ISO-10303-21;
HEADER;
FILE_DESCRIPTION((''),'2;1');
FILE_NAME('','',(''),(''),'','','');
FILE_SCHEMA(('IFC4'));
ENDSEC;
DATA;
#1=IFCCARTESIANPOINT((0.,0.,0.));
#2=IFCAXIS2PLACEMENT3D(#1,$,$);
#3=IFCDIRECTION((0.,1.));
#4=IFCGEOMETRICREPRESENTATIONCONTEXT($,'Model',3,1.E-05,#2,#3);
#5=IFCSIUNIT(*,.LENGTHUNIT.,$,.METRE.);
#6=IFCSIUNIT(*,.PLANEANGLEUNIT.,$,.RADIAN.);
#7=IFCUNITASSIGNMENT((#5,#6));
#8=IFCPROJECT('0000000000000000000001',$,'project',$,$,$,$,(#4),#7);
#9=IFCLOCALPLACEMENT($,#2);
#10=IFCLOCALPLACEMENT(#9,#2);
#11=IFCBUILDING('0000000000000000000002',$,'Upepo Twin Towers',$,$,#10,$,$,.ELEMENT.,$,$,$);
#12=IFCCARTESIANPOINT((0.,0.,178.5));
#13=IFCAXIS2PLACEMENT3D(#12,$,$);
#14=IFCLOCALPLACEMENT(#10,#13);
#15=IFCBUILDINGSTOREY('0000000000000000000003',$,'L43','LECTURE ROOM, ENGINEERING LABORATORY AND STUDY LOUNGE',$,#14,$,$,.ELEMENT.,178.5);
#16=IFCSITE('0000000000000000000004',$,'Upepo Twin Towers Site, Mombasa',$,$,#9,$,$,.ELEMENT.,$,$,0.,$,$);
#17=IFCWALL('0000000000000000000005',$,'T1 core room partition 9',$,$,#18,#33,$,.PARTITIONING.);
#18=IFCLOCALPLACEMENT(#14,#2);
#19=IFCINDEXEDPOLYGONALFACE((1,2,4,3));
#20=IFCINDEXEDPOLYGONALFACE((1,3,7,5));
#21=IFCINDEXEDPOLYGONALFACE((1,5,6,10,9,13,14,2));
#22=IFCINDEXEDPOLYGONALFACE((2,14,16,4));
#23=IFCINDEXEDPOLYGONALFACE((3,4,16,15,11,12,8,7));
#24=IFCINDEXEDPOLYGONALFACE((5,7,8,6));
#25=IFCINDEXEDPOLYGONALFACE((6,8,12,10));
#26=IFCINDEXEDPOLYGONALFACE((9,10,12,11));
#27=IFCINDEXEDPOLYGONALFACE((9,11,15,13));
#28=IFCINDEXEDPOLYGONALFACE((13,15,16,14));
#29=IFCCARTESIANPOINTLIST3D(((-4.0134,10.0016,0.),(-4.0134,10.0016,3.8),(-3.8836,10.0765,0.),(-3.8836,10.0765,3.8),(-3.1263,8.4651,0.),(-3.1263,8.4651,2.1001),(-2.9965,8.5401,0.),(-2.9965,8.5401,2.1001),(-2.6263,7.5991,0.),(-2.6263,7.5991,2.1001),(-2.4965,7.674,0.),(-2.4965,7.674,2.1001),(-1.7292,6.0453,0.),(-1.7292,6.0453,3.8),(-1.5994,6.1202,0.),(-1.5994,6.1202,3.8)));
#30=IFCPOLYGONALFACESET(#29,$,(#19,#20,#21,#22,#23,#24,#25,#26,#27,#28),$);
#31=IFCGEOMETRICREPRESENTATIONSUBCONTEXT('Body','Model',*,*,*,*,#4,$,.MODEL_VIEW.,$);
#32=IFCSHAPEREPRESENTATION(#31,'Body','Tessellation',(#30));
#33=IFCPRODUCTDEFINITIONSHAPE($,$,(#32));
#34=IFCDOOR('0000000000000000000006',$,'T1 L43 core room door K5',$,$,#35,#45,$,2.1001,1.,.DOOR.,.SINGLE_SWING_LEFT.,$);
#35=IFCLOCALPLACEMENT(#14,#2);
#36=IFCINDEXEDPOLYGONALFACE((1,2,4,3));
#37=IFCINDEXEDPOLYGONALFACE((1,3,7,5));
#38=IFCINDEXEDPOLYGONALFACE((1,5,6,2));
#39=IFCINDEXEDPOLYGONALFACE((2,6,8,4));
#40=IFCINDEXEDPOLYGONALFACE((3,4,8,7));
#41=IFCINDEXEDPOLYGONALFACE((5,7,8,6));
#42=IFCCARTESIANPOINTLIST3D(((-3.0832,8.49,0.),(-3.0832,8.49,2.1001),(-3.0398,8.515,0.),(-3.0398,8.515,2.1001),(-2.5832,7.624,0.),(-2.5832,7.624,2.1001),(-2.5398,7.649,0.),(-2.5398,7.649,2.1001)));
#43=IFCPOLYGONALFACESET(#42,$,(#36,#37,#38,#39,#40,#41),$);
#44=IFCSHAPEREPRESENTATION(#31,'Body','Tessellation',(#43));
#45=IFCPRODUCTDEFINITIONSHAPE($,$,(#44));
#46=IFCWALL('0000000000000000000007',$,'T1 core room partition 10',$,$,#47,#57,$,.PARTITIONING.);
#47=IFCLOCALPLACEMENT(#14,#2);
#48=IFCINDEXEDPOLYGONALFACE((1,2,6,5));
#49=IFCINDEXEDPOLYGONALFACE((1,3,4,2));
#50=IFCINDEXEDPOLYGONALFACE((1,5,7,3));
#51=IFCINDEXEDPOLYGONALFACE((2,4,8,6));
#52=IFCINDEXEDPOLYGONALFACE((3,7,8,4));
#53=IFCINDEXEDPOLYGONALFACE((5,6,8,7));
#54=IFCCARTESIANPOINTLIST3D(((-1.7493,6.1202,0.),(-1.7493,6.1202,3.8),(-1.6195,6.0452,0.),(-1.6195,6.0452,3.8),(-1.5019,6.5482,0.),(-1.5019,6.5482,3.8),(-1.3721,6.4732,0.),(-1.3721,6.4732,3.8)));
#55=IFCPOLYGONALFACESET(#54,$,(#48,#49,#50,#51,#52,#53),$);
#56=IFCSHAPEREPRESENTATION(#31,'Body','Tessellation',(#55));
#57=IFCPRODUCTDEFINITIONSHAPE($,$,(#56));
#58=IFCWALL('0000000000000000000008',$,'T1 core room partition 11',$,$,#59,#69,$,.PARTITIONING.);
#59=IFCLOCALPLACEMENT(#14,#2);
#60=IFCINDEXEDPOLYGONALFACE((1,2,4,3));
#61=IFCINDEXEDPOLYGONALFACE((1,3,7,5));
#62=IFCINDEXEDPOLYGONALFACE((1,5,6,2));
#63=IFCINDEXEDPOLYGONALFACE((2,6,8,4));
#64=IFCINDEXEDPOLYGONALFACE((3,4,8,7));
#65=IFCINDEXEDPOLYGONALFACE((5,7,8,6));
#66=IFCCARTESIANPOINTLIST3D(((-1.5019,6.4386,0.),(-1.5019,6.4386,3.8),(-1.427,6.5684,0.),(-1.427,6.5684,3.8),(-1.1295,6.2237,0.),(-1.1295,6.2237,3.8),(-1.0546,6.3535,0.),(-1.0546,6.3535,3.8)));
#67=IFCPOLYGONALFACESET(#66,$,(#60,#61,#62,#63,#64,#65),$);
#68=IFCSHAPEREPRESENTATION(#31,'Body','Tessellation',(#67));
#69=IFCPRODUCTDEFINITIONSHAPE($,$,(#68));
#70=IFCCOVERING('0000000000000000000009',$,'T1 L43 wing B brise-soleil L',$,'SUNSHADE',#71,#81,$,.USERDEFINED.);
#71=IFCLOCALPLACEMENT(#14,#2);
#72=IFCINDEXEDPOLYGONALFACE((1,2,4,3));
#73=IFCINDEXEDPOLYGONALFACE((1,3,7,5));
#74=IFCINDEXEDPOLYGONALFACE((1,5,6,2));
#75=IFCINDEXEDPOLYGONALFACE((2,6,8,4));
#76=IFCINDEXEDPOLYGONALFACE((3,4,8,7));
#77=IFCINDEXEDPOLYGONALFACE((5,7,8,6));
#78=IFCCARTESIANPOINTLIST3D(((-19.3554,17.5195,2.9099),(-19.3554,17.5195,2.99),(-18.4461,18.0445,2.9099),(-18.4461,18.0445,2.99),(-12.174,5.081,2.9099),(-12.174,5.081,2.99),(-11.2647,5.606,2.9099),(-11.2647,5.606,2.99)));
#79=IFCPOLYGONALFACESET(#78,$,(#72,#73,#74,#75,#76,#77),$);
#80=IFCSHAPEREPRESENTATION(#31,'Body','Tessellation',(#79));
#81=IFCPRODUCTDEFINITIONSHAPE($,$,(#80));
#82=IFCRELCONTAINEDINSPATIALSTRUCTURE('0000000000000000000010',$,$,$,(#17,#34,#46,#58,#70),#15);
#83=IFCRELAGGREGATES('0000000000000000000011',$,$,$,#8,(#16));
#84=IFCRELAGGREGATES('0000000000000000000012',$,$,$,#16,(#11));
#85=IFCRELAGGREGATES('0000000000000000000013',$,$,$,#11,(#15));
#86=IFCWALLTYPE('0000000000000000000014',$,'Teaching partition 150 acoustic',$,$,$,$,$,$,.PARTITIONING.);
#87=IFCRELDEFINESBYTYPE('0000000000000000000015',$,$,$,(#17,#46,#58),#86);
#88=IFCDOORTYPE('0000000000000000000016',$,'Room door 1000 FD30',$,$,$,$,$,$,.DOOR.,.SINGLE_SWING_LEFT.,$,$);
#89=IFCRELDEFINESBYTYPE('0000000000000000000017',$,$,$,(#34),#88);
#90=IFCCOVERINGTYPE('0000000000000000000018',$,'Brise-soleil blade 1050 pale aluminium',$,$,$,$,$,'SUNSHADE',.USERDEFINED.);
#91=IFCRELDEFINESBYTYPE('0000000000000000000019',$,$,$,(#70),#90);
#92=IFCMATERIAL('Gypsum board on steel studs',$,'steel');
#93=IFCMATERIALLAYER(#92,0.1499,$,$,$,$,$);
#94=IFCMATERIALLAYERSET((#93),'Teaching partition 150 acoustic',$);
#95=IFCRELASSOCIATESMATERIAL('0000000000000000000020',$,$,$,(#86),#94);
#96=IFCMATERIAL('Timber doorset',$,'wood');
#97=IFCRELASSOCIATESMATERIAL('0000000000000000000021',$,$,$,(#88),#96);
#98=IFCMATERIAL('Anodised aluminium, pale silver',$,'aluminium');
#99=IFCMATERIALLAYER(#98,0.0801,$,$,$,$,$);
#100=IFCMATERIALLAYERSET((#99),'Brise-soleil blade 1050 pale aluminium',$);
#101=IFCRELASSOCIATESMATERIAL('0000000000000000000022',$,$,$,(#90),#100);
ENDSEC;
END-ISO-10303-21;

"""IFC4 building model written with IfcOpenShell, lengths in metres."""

from ifc_helpers import new_model, si_unit, direction, frame, frame_2d, origin, origin_2d, place, context, subcontext, project, spatial, rectangle, extrude, material, layer, layer_set, type_object, element, fill, save


model = new_model("IFC4")

# Units and contexts
model_context = context("Model", 3, precision=1e-05, world=origin(), true_north=direction((0.0, 1.0)))
body_context = subcontext(model_context, "Body", "Model", "MODEL_VIEW")
ifc_project = project(units=[si_unit("LENGTHUNIT", "METRE"), si_unit("PLANEANGLEUNIT", "RADIAN")], contexts=[model_context])

# Site, building, storey
site_placement = place(None, origin())
site = spatial("IfcSite", under=ifc_project, at=site_placement, Name="Upepo Twin Towers Site, Mombasa", CompositionType="ELEMENT", RefElevation=0.0)
building_placement = place(site_placement, origin())
building = spatial("IfcBuilding", under=site, at=building_placement, Name="Upepo Twin Towers", CompositionType="ELEMENT")
storey_placement = place(building_placement, frame((0.0, 0.0, 178.5)))
storey = spatial("IfcBuildingStorey", under=building, at=storey_placement, Name="L43", Description="LECTURE ROOM, ENGINEERING LABORATORY AND STUDY LOUNGE", CompositionType="ELEMENT", Elevation=178.5)

# Wall, opening, door
ifc_material_1 = material(Name="Gypsum board on steel studs", Category="steel")
ifc_layer_1 = layer(ifc_material_1, 0.1499)
ifc_layer_set_1 = layer_set([ifc_layer_1], Name="Teaching partition 150 acoustic")
wall_type_1 = type_object("IfcWallType", Name="Teaching partition 150 acoustic", PredefinedType="PARTITIONING", material=ifc_layer_set_1)
wall_1_placement = place(storey_placement, frame((-3.9485, 10.0391, 0.0), z_axis=(0.0, 0.0, 1.0), x_axis=(0.500002, -0.866025, 0.0)))
wall_1 = element("IfcWall", 1, at=wall_1_placement, inside=storey, type_object=wall_type_1, Name="T1 core room partition 9", PredefinedType="PARTITIONING", context=body_context, shape_type="SweptSolid", body=[
    extrude(rectangle(XDim=4.5684, YDim=0.1499, at=frame_2d((2.2842, 0.0))), origin(), (0.0, 0.0, 1.0), 3.8),
])
opening_1_placement = place(wall_1_placement, frame((1.7742, 0.0, 0.0)))
opening_1 = element("IfcOpeningElement", 2, at=opening_1_placement, cuts=wall_1, PredefinedType="OPENING", context=body_context, shape_type="SweptSolid", body=[
    extrude(rectangle(XDim=1.0, YDim=2.1001, at=frame_2d((0.5, 1.05))), frame((0.0, 0.085, 0.0), z_axis=(0.0, -1.0, 0.0), x_axis=(1.0, 0.0, 0.0)), (0.0, 0.0, 1.0), 0.1699),
])
ifc_material_2 = material(Name="Timber doorset", Category="wood")
door_type_1 = type_object("IfcDoorType", Name="Room door 1000 FD30", OperationType="SINGLE_SWING_LEFT", PredefinedType="DOOR", material=ifc_material_2)
door_1_placement = place(opening_1_placement, origin())
door_1 = element("IfcDoor", 3, at=door_1_placement, inside=storey, type_object=door_type_1, Name="T1 L43 core room door K5", OperationType="SINGLE_SWING_LEFT", OverallHeight=2.1001, OverallWidth=1.0, PredefinedType="DOOR", context=body_context, shape_type="SweptSolid", body=[
    extrude(rectangle(XDim=1.0, YDim=2.1001, at=frame_2d((0.5, 1.05))), frame((0.0, 0.0249, 0.0), z_axis=(0.0, -1.0, 0.0), x_axis=(1.0, 0.0, 0.0)), (0.0, 0.0, 1.0), 0.05),
])
fill(opening_1, door_1)

# Walls
wall_2_placement = place(storey_placement, frame((-1.6843, 6.0828, 0.0), z_axis=(0.0, 0.0, 1.0), x_axis=(0.500335, 0.865832, 0.0)))
element("IfcWall", 4, at=wall_2_placement, inside=storey, type_object=wall_type_1, Name="T1 core room partition 10", PredefinedType="PARTITIONING", context=body_context, shape_type="SweptSolid", body=[
    extrude(rectangle(XDim=0.4944, YDim=0.1499, at=frame_2d((0.2471, 0.0))), origin(), (0.0, 0.0, 1.0), 3.8),
])
wall_3_placement = place(storey_placement, frame((-1.4644, 6.5034, 0.0), z_axis=(0.0, 0.0, 1.0), x_axis=(0.866138, -0.499804, 0.0)))
element("IfcWall", 5, at=wall_3_placement, inside=storey, type_object=wall_type_1, Name="T1 core room partition 11", PredefinedType="PARTITIONING", context=body_context, shape_type="SweptSolid", body=[
    extrude(rectangle(XDim=0.4299, YDim=0.1499, at=frame_2d((0.2148, 0.0))), origin(), (0.0, 0.0, 1.0), 3.8),
])

# Covering
ifc_material_3 = material(Name="Anodised aluminium, pale silver", Category="aluminium")
ifc_layer_2 = layer(ifc_material_3, 0.0801)
ifc_layer_set_2 = layer_set([ifc_layer_2], Name="Brise-soleil blade 1050 pale aluminium")
covering_type = type_object("IfcCoveringType", Name="Brise-soleil blade 1050 pale aluminium", ElementType="SUNSHADE", PredefinedType="USERDEFINED", material=ifc_layer_set_2)
covering_placement = place(storey_placement, frame((-15.3101, 11.5627, 2.9099), z_axis=(0.0, 0.0, 1.0), x_axis=(-0.5, 0.866025, 0.0)))
element("IfcCovering", 6, at=covering_placement, inside=storey, type_object=covering_type, Name="T1 L43 wing B brise-soleil L", ObjectType="SUNSHADE", PredefinedType="USERDEFINED", context=body_context, shape_type="SweptSolid", body=[
    extrude(rectangle(XDim=14.3628, YDim=1.05, at=origin_2d()), origin(), (0.0, 0.0, 1.0), 0.0801),
])

save(model, "model.ifc")
